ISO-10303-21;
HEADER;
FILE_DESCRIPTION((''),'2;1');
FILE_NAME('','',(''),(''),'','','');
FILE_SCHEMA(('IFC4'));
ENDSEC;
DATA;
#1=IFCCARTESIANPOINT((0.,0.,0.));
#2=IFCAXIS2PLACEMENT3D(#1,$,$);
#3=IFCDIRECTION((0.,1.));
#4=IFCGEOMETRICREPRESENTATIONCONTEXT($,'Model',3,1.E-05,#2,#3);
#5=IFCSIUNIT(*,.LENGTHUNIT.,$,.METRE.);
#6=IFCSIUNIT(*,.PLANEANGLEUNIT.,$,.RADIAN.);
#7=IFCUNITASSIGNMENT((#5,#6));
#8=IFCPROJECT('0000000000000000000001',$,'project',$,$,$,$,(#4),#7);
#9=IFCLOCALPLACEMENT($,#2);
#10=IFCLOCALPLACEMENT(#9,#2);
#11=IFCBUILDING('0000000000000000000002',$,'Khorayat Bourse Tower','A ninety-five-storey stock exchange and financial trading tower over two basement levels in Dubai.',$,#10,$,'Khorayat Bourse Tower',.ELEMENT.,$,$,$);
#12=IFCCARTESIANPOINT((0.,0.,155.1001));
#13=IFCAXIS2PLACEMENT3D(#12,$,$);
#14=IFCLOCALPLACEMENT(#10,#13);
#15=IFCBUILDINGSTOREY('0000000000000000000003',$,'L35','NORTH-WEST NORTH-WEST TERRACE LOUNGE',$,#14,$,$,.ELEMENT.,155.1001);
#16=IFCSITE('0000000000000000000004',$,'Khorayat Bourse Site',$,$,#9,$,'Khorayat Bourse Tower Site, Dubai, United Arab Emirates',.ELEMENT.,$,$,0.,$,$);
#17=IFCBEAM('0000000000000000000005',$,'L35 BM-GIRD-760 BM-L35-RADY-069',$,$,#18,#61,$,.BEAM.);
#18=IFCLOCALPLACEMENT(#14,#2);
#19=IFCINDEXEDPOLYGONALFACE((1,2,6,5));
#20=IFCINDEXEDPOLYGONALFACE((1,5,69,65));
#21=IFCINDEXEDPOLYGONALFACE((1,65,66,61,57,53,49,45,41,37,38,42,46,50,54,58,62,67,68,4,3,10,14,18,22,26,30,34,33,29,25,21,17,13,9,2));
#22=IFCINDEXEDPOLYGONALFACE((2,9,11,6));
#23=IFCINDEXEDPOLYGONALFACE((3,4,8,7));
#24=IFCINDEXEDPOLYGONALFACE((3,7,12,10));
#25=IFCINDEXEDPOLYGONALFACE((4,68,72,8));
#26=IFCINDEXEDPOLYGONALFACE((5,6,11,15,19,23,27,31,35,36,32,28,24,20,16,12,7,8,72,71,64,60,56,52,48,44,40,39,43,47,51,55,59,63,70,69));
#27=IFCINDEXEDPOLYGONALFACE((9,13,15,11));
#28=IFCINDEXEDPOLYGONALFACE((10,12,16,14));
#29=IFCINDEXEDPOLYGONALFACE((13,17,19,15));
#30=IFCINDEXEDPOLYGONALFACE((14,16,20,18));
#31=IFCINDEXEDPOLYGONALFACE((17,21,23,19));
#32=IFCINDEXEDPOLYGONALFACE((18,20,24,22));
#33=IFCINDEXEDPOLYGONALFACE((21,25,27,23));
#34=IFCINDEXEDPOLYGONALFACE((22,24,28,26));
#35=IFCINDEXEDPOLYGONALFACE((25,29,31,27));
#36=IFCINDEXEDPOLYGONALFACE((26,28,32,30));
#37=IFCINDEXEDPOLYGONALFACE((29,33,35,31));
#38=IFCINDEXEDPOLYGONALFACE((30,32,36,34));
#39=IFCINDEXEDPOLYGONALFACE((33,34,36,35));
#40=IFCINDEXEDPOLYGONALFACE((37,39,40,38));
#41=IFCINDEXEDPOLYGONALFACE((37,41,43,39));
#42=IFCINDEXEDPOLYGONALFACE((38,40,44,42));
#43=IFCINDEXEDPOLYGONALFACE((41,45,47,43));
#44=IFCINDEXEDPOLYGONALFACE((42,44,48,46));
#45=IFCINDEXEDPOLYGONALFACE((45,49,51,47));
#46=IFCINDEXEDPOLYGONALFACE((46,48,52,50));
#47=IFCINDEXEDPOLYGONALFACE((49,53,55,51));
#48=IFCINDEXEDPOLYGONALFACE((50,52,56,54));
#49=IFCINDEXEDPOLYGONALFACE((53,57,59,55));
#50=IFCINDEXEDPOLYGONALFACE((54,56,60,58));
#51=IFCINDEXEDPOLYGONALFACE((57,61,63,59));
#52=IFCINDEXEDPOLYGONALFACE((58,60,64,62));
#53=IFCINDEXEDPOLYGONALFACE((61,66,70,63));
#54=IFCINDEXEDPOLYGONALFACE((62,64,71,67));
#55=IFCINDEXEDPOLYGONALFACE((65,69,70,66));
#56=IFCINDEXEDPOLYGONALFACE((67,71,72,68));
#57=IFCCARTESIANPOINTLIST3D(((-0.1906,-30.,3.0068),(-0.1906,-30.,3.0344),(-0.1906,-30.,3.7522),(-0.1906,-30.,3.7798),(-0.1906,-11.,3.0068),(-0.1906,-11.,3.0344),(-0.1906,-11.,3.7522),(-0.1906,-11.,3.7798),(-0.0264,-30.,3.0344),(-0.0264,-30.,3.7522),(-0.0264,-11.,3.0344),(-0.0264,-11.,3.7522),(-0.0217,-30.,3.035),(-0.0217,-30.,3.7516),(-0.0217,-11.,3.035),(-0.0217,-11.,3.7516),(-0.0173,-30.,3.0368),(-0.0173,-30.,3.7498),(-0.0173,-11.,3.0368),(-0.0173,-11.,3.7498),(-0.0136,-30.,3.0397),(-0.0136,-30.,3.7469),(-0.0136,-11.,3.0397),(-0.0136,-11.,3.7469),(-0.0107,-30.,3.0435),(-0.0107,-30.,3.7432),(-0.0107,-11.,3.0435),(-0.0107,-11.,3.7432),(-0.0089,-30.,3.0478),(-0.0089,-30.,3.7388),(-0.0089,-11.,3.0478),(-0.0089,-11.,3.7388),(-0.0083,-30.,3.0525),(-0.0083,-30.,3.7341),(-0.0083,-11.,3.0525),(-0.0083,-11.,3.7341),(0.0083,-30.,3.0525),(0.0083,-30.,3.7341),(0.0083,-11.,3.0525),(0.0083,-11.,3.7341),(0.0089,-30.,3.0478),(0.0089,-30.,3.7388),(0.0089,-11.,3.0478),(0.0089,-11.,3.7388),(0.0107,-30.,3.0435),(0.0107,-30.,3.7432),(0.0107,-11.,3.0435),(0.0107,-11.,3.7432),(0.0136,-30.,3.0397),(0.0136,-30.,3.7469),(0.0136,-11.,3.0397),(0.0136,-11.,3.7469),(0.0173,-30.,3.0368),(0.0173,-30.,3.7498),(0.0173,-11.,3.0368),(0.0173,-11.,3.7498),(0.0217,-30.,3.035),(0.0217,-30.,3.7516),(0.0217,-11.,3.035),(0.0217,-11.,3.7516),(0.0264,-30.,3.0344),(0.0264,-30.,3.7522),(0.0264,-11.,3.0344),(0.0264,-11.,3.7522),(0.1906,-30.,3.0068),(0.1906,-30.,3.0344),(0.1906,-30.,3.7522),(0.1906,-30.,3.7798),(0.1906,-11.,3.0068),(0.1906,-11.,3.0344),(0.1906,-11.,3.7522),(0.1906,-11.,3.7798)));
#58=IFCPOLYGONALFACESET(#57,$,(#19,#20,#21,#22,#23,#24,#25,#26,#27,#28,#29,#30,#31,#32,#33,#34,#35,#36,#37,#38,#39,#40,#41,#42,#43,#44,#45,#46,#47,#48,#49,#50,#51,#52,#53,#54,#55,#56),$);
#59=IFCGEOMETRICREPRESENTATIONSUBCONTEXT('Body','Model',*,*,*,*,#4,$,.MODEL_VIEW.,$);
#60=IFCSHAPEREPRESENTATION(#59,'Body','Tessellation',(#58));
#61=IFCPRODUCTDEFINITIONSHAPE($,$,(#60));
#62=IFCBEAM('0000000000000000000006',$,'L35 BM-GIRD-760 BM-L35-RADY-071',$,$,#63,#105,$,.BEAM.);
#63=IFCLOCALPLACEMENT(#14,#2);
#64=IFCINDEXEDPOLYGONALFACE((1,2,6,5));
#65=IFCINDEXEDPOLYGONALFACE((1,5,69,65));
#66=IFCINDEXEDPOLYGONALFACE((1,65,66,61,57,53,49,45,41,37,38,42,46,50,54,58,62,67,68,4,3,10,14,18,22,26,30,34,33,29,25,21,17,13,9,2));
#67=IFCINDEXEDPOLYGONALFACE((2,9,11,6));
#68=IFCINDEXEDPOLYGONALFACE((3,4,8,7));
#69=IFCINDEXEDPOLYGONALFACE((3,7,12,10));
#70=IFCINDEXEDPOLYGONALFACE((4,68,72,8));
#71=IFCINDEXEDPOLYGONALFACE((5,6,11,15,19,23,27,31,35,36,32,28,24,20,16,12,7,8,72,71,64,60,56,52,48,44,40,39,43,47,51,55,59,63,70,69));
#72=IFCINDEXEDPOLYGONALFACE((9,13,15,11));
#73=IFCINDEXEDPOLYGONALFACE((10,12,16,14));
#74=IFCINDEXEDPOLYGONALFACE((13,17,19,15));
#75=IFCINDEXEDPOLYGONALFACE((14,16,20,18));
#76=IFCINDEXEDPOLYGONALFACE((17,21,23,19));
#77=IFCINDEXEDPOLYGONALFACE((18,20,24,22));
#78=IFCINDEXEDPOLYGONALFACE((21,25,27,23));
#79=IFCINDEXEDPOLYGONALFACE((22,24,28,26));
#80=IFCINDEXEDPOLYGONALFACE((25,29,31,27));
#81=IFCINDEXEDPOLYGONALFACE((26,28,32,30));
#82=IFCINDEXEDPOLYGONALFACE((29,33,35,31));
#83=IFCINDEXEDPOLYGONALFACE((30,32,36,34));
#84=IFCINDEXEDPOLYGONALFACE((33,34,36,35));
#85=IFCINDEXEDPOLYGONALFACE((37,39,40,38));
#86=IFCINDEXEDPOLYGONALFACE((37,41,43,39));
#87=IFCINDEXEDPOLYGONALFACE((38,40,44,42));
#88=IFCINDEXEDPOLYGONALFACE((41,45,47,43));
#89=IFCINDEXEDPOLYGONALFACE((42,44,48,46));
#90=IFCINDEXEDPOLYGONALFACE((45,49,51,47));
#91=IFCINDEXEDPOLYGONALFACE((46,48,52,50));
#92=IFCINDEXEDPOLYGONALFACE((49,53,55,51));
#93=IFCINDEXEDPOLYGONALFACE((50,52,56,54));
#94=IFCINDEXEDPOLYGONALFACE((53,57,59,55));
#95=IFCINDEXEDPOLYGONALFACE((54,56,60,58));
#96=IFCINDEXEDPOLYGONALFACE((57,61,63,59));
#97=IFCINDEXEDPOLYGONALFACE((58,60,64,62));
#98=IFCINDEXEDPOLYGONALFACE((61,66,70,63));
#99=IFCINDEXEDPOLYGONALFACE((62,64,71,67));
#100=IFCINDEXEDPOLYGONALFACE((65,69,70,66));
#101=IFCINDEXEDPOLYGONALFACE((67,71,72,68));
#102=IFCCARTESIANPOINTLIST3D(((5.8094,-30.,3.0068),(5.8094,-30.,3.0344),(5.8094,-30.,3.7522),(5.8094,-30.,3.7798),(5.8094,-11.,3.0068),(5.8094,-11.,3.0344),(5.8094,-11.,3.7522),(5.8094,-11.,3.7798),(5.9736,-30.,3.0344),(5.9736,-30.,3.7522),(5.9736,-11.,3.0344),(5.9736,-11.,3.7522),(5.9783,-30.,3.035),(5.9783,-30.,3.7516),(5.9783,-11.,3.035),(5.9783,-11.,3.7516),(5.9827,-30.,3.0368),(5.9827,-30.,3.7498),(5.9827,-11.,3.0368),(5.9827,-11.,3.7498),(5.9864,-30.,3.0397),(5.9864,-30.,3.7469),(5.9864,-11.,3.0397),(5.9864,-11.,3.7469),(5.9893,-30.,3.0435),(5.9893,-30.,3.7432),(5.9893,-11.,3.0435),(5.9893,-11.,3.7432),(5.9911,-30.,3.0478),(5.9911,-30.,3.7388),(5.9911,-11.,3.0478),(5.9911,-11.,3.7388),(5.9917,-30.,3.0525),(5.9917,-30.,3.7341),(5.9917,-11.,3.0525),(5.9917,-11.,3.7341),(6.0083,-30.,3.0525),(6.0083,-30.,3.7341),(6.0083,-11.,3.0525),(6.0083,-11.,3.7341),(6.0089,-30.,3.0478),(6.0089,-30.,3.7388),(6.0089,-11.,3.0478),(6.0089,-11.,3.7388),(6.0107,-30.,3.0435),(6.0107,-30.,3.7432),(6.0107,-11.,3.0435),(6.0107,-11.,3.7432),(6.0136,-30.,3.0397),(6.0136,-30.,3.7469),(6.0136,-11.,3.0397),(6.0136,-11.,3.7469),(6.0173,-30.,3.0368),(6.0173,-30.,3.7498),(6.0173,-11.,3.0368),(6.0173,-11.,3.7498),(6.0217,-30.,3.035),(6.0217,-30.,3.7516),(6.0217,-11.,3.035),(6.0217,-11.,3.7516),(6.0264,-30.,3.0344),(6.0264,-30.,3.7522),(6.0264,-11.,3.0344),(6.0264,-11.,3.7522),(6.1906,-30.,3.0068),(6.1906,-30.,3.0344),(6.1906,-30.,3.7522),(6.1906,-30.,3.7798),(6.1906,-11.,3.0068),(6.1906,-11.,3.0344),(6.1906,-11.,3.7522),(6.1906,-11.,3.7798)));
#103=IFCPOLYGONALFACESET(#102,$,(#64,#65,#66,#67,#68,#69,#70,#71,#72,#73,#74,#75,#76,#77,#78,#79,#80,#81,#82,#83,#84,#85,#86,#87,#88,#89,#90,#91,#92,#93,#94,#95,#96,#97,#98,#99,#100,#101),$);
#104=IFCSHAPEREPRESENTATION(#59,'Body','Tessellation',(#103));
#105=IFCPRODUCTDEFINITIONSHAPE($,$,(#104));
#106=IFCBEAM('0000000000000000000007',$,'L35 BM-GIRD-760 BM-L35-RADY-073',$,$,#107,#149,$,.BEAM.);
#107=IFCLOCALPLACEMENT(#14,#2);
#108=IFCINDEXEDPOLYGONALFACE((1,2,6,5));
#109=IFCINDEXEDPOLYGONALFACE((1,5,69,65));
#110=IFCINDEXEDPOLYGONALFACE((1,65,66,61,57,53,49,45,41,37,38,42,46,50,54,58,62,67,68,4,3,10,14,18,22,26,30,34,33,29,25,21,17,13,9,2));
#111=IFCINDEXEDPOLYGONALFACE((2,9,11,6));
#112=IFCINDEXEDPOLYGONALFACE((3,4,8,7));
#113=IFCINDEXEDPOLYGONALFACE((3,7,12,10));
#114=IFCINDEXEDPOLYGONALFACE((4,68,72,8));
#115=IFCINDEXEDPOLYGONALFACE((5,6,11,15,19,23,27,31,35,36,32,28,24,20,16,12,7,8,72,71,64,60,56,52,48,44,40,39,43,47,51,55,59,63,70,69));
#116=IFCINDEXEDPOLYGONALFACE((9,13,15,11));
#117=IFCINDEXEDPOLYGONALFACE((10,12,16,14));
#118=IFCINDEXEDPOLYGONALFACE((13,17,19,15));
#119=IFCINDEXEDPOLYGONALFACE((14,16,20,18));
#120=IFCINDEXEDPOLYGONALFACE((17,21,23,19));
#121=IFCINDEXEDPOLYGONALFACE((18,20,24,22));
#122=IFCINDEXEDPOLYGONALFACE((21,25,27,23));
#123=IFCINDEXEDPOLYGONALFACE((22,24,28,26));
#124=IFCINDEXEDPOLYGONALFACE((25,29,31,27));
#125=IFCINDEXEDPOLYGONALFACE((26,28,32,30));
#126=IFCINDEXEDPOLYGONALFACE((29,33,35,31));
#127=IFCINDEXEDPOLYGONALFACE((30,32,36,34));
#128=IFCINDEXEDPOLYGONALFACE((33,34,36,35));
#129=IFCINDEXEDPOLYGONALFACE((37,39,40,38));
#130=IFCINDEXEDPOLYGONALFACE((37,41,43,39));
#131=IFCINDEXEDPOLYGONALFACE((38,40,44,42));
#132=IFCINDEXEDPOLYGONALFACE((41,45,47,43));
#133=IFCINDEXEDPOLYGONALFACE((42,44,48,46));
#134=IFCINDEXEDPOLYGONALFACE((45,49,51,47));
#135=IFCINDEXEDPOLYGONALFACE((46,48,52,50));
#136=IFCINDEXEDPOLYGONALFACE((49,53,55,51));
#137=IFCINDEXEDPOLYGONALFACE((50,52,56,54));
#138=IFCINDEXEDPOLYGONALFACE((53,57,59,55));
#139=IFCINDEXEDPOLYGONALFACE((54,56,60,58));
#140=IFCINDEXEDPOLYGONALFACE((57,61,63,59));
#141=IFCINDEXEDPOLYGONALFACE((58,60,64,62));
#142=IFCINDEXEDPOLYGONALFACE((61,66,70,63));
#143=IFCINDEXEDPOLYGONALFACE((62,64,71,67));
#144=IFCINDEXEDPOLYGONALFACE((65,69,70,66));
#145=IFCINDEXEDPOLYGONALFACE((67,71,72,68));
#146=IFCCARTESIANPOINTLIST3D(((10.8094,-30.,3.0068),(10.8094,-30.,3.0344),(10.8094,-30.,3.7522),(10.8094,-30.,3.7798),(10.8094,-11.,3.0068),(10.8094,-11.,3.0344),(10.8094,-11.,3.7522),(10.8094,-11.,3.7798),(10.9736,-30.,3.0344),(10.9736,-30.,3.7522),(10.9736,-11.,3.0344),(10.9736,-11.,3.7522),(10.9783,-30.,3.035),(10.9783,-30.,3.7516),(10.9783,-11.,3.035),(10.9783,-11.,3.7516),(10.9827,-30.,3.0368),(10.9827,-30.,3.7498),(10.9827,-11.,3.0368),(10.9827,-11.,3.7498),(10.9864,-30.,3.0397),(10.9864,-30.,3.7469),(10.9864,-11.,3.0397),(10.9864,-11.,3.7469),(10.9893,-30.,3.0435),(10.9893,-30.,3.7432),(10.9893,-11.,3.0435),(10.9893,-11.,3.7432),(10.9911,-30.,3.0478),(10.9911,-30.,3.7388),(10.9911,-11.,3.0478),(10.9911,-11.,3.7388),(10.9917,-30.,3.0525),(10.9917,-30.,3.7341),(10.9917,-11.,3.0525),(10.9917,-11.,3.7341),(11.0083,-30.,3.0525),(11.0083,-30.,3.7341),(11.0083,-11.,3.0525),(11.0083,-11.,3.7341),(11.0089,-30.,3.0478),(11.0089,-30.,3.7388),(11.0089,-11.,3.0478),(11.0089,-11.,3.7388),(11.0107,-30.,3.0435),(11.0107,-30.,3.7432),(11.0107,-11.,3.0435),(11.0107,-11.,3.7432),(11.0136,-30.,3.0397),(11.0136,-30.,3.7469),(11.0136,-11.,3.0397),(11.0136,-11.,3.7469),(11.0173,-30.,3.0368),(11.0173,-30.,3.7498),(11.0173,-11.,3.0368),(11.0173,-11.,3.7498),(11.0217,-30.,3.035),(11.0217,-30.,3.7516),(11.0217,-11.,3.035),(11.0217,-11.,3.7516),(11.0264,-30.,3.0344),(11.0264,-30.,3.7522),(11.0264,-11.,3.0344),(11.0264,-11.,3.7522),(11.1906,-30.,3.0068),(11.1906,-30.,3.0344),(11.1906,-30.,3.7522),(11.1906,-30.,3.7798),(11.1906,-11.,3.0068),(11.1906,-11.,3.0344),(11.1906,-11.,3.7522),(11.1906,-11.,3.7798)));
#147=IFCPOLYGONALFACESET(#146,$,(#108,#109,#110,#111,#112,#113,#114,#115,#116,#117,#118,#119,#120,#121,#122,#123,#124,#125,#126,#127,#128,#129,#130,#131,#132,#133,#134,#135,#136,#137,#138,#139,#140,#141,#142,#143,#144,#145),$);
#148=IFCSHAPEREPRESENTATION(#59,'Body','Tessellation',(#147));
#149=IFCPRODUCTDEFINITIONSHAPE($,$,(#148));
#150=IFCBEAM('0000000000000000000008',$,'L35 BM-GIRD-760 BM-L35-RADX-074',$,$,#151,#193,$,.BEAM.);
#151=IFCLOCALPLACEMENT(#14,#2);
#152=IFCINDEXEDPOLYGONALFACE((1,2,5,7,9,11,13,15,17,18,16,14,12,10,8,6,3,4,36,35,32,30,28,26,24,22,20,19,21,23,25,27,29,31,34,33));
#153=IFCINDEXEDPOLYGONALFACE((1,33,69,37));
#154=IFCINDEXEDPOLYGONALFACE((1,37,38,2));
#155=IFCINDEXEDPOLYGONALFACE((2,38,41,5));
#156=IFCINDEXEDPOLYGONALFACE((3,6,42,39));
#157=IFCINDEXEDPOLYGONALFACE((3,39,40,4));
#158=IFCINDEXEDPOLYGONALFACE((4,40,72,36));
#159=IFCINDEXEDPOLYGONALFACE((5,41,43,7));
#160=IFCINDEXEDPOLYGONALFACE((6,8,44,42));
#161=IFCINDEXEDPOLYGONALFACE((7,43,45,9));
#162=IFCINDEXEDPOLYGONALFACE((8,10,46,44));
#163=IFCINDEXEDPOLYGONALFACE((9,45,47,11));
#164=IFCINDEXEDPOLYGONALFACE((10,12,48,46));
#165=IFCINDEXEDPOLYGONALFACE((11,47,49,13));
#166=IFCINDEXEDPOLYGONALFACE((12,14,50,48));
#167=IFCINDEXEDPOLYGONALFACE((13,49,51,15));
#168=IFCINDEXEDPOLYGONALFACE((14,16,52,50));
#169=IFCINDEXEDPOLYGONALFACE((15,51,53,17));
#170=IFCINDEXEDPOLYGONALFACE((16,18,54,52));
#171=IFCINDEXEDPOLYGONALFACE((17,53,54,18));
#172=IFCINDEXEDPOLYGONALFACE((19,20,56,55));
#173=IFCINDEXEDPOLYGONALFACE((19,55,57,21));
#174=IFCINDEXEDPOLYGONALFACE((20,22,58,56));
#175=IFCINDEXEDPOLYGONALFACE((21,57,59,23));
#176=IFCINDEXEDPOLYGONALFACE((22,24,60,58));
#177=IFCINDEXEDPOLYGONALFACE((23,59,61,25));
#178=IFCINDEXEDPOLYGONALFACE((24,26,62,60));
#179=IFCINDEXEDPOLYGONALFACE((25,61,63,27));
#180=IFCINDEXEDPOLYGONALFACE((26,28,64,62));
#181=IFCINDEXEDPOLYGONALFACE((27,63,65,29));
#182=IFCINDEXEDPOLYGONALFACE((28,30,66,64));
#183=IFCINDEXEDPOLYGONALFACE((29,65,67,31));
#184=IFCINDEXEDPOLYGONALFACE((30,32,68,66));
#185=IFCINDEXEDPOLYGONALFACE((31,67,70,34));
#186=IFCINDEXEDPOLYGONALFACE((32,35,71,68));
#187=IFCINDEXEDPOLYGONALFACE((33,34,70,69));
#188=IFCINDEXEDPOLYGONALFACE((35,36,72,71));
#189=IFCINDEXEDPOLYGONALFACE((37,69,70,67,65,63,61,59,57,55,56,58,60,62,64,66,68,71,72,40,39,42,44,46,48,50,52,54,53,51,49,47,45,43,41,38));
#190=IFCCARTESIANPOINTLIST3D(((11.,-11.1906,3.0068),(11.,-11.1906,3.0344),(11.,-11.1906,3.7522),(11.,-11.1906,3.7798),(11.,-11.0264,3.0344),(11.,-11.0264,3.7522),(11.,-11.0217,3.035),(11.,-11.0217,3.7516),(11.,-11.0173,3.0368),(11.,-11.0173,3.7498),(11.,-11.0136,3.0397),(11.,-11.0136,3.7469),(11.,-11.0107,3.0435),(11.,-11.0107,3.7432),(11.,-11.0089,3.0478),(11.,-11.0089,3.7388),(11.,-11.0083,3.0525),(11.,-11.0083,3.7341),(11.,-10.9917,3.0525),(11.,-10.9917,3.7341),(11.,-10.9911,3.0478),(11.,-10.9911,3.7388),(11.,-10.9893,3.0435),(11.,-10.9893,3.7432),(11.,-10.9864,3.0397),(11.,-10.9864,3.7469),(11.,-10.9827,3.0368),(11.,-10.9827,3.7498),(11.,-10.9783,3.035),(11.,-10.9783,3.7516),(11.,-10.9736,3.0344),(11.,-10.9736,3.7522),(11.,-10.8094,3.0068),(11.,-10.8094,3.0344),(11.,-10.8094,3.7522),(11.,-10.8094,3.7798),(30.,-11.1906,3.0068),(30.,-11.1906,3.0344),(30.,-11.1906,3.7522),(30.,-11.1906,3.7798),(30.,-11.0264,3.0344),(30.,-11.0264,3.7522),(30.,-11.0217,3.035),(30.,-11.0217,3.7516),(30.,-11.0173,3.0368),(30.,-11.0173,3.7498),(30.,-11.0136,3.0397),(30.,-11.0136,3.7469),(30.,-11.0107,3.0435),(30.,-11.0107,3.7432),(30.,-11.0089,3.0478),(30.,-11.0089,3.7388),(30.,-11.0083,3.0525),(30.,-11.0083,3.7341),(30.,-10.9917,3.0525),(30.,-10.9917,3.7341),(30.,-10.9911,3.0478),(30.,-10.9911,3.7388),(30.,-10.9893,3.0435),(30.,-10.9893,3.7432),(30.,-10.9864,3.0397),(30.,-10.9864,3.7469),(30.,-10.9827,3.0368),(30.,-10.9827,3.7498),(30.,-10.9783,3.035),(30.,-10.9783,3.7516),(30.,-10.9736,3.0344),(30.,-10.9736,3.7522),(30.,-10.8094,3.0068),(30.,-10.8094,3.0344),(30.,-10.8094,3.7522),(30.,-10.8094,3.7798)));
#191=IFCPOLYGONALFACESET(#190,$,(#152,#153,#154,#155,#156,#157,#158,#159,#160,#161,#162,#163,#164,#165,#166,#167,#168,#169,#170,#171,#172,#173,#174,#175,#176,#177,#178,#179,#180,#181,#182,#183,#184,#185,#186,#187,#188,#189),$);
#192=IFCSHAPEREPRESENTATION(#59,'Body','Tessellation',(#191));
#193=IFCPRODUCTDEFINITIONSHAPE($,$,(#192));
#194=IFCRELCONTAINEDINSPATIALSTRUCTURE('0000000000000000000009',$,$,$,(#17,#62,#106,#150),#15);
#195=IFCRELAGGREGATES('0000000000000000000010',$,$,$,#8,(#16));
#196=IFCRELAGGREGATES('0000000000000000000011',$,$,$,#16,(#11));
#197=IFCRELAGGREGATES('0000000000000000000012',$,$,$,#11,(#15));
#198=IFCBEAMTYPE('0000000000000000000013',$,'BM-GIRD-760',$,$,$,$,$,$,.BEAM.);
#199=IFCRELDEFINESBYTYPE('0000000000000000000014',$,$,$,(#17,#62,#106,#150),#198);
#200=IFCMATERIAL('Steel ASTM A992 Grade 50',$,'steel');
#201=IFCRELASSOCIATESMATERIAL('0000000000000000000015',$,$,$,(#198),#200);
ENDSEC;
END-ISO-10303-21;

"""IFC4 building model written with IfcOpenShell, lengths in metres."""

from ifc_helpers import new_model, si_unit, direction, frame, origin, origin_2d, place, context, subcontext, project, spatial, i_section, extrude, source, transform, mapped, material, material_profile, profile_set, type_object, element, save


model = new_model("IFC4")

# Units and contexts
model_context = context("Model", 3, precision=1e-05, world=origin(), true_north=direction((0.0, 1.0)))
body_context = subcontext(model_context, "Body", "Model", "MODEL_VIEW")
ifc_project = project(units=[si_unit("LENGTHUNIT", "METRE"), si_unit("PLANEANGLEUNIT", "RADIAN")], contexts=[model_context])

# Site, building, storey
site_placement = place(None, origin())
site = spatial("IfcSite", under=ifc_project, at=site_placement, Name="Khorayat Bourse Site", LongName="Khorayat Bourse Tower Site, Dubai, United Arab Emirates", CompositionType="ELEMENT", RefElevation=0.0)
building_placement = place(site_placement, origin())
building = spatial("IfcBuilding", under=site, at=building_placement, Name="Khorayat Bourse Tower", Description="A ninety-five-storey stock exchange and financial trading tower over two basement levels in Dubai.", LongName="Khorayat Bourse Tower", CompositionType="ELEMENT")
storey_placement = place(building_placement, frame((0.0, 0.0, 155.1001)))
storey = spatial("IfcBuildingStorey", under=building, at=storey_placement, Name="L35", Description="NORTH-WEST NORTH-WEST TERRACE LOUNGE", CompositionType="ELEMENT", Elevation=155.1001)

# Beams
ifc_material_1 = material(Name="Steel ASTM A992 Grade 50", Category="steel")
ifc_material_profile_1 = material_profile(ifc_material_1, i_section(OverallWidth=0.3811, OverallDepth=0.7729, WebThickness=0.0166, FlangeThickness=0.0276, FilletRadius=0.0181, at=origin_2d()), Name="W760X257")
ifc_profile_set_1 = profile_set([ifc_material_profile_1], Name="Steel ASTM A992 Grade 50")
beam_type_1 = type_object("IfcBeamType", Name="BM-GIRD-760", PredefinedType="BEAM", material=ifc_profile_set_1)
shared_shape_1 = source(origin(), body_context, "Body", "SweptSolid", [
    extrude(i_section(OverallWidth=0.3811, OverallDepth=0.7729, WebThickness=0.0166, FlangeThickness=0.0276, FilletRadius=0.0181, at=origin_2d()), origin(), (0.0, 0.0, 1.0), 19.0),
])
for number, where, z_axis, x_axis, name in (
    (1, (0.0, -30.0, 3.3933), (0.0, 1.0, 0.0), (-1.0, 0.0, 0.0), "L35 BM-GIRD-760 BM-L35-RADY-069"),
    (2, (6.0, -30.0, 3.3933), (0.0, 1.0, 0.0), (-1.0, 0.0, 0.0), "L35 BM-GIRD-760 BM-L35-RADY-071"),
    (3, (11.0, -30.0, 3.3933), (0.0, 1.0, 0.0), (-1.0, 0.0, 0.0), "L35 BM-GIRD-760 BM-L35-RADY-073"),
    (4, (11.0, -11.0, 3.3933), (1.0, 0.0, 0.0), (0.0, 1.0, 0.0), "L35 BM-GIRD-760 BM-L35-RADX-074"),
):
    element("IfcBeam", number, at=place(storey_placement, frame(where, z_axis=z_axis, x_axis=x_axis)), inside=storey, type_object=beam_type_1, Name=name, PredefinedType="BEAM", context=body_context, shape_type="MappedRepresentation", body=[
        mapped(shared_shape_1, transform((0.0, 0.0, 0.0), scale=1.0)),
    ])

save(model, "model.ifc")
